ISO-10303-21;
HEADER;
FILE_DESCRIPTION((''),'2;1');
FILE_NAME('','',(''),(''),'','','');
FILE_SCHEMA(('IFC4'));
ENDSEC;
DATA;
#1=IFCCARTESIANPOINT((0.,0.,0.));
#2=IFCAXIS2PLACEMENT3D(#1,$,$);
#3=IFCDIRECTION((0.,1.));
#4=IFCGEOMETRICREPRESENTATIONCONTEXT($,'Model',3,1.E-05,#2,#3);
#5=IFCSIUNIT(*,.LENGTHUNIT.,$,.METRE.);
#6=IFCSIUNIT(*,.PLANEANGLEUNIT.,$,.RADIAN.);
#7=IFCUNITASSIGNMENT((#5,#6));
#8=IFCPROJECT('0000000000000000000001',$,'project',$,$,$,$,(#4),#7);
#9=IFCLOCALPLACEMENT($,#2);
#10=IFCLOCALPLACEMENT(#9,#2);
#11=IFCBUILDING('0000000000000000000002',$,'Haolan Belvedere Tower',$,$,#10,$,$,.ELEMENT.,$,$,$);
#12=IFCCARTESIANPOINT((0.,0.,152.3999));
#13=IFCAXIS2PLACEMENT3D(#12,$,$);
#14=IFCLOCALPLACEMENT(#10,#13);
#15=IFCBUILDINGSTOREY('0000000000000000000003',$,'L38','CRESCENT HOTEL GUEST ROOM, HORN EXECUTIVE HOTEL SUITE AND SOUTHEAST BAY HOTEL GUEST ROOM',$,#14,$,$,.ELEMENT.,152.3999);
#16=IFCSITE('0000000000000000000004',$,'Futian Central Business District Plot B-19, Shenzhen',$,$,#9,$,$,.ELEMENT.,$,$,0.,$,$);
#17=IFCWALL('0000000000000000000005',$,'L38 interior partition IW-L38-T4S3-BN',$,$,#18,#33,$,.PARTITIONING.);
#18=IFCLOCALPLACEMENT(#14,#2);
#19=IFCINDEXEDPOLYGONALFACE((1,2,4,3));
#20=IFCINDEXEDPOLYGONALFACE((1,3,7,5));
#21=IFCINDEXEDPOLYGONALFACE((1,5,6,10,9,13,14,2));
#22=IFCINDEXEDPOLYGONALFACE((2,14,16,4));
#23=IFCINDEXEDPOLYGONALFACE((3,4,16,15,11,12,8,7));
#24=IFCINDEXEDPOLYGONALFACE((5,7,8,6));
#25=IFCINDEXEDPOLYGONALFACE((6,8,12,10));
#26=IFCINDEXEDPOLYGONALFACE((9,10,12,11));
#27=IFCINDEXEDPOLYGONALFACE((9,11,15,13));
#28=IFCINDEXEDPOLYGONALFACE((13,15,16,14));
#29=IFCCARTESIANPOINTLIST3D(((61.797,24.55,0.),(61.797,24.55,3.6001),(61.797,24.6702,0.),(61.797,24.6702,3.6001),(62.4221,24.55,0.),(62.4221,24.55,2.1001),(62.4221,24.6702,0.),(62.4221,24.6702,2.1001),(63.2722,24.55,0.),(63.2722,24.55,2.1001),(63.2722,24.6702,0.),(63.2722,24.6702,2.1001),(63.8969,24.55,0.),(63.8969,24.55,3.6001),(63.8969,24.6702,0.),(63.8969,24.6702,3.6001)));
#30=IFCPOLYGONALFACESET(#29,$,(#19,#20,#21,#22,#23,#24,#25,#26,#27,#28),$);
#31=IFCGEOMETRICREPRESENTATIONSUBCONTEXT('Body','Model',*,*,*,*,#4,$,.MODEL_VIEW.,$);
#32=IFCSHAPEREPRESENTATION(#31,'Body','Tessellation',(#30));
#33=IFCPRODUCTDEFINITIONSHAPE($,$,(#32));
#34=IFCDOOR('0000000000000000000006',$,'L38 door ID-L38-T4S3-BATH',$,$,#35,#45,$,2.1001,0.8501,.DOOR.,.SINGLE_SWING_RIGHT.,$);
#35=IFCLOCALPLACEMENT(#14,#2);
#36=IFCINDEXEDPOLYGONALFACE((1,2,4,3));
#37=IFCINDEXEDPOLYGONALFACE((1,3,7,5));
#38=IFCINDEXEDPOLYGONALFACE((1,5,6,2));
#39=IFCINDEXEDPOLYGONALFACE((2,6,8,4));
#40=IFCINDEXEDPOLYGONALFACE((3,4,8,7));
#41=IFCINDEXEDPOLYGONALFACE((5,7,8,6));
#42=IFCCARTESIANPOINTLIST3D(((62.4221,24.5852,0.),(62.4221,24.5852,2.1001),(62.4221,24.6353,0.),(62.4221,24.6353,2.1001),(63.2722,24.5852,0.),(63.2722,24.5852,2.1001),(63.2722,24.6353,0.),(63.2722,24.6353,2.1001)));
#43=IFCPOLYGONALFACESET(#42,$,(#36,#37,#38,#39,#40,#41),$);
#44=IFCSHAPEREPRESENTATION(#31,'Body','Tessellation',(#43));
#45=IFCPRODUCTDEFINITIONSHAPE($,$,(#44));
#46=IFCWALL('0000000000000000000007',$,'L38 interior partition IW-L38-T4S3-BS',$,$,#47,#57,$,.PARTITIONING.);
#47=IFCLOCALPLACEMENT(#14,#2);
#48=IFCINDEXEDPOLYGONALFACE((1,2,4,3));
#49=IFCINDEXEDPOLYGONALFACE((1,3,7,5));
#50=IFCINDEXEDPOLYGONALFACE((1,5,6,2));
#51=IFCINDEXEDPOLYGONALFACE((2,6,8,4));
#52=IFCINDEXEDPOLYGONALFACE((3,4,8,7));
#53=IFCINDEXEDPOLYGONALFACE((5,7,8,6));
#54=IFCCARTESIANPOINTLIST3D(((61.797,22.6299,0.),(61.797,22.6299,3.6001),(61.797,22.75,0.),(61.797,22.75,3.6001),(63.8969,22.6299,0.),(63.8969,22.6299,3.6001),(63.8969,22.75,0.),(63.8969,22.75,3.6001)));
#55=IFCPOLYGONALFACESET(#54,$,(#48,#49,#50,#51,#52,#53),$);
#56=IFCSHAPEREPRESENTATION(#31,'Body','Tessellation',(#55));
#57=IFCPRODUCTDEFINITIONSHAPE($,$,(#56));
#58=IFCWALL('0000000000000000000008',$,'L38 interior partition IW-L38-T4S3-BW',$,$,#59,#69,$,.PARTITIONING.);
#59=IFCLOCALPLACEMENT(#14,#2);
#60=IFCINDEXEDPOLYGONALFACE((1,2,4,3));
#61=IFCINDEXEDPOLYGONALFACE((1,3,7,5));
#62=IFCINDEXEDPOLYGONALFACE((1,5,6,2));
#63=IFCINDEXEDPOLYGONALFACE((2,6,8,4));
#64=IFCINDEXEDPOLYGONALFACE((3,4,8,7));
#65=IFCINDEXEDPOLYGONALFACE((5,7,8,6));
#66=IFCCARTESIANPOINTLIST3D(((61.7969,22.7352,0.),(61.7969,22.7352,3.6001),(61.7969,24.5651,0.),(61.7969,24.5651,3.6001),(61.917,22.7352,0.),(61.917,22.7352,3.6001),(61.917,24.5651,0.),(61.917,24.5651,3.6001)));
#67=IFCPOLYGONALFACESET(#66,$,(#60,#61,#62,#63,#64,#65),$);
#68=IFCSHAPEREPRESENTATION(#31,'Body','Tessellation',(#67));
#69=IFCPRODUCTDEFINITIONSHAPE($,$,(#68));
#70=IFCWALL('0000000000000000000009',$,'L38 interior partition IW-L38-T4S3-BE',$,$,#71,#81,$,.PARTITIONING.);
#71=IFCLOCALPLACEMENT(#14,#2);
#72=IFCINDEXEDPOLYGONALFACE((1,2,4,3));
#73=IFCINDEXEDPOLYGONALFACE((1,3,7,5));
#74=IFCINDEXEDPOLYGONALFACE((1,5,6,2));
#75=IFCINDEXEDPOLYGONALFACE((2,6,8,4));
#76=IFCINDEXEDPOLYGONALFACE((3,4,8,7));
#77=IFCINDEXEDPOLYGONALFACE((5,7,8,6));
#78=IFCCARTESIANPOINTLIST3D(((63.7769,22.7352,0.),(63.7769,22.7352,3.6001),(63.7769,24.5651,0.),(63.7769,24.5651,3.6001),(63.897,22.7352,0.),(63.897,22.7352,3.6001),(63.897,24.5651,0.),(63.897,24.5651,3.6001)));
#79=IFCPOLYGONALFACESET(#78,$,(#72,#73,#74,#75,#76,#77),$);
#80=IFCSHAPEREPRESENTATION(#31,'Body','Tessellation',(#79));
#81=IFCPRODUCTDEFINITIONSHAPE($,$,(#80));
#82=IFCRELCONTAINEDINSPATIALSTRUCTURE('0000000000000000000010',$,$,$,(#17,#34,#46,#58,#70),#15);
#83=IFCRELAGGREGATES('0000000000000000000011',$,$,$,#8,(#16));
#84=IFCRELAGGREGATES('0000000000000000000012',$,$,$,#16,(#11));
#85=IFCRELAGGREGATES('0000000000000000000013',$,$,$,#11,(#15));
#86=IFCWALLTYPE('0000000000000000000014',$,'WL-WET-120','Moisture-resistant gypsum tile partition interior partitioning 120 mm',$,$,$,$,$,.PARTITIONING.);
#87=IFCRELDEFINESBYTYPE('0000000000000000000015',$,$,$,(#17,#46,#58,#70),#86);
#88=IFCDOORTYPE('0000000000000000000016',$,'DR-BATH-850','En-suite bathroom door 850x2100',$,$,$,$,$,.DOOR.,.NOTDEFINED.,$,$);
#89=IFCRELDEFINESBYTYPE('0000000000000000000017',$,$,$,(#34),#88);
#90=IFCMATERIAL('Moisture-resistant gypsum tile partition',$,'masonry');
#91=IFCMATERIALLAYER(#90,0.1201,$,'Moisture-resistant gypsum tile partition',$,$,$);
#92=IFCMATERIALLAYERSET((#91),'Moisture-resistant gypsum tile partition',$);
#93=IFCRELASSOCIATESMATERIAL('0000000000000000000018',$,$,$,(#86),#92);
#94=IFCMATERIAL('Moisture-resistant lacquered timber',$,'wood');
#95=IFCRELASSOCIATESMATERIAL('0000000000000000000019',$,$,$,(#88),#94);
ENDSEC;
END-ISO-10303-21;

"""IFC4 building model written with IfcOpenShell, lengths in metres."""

from ifc_helpers import new_model, si_unit, direction, frame, frame_2d, origin, place, context, subcontext, project, spatial, rectangle, extrude, material, layer, layer_set, type_object, element, fill, save


model = new_model("IFC4")

# Units and contexts
model_context = context("Model", 3, precision=1e-05, world=origin(), true_north=direction((0.0, 1.0)))
body_context = subcontext(model_context, "Body", "Model", "MODEL_VIEW")
ifc_project = project(units=[si_unit("LENGTHUNIT", "METRE"), si_unit("PLANEANGLEUNIT", "RADIAN")], contexts=[model_context])

# Site, building, storey
site_placement = place(None, origin())
site = spatial("IfcSite", under=ifc_project, at=site_placement, Name="Futian Central Business District Plot B-19, Shenzhen", CompositionType="ELEMENT", RefElevation=0.0)
building_placement = place(site_placement, origin())
building = spatial("IfcBuilding", under=site, at=building_placement, Name="Haolan Belvedere Tower", CompositionType="ELEMENT")
storey_placement = place(building_placement, frame((0.0, 0.0, 152.3999)))
storey = spatial("IfcBuildingStorey", under=building, at=storey_placement, Name="L38", Description="CRESCENT HOTEL GUEST ROOM, HORN EXECUTIVE HOTEL SUITE AND SOUTHEAST BAY HOTEL GUEST ROOM", CompositionType="ELEMENT", Elevation=152.3999)

# Shared definitions
ifc_material_1 = material(Name="Moisture-resistant gypsum tile partition", Category="masonry")
ifc_layer_1 = layer(ifc_material_1, 0.1201, Name="Moisture-resistant gypsum tile partition")
ifc_layer_set_1 = layer_set([ifc_layer_1], Name="Moisture-resistant gypsum tile partition")
wall_type_1 = type_object("IfcWallType", Name="WL-WET-120", Description="Moisture-resistant gypsum tile partition interior partitioning 120 mm", PredefinedType="PARTITIONING", material=ifc_layer_set_1)

# Shared definitions
ifc_material_2 = material(Name="Moisture-resistant lacquered timber", Category="wood")
door_type = type_object("IfcDoorType", Name="DR-BATH-850", Description="En-suite bathroom door 850x2100", OperationType="NOTDEFINED", PredefinedType="DOOR", material=ifc_material_2)

# Wall, opening, door
wall_1_placement = place(storey_placement, frame((61.7971, 24.6101, 0.0), z_axis=(0.0, 0.0, 1.0), x_axis=(1.0, 0.0, 0.0)))
wall_1 = element("IfcWall", 1, at=wall_1_placement, inside=storey, type_object=wall_type_1, Name="L38 interior partition IW-L38-T4S3-BN", PredefinedType="PARTITIONING", context=body_context, shape_type="SweptSolid", body=[
    extrude(rectangle(XDim=2.0999, YDim=0.1201, at=frame_2d((1.0498, 0.0))), origin(), (0.0, 0.0, 1.0), 3.6001),
])
opening_1_placement = place(wall_1_placement, frame((1.4751, 0.0, 0.0), z_axis=(0.0, 0.0, 1.0), x_axis=(-1.0, 0.0, 0.0)))
opening_1 = element("IfcOpeningElement", 2, at=opening_1_placement, cuts=wall_1, PredefinedType="OPENING", context=body_context, shape_type="SweptSolid", body=[
    extrude(rectangle(XDim=0.8501, YDim=2.1001, at=frame_2d((0.425, 1.05))), frame((0.0, 0.0701, 0.0), z_axis=(0.0, -1.0, 0.0), x_axis=(1.0, 0.0, 0.0)), (0.0, 0.0, 1.0), 0.1401),
])
door_1_placement = place(opening_1_placement, origin())
door_1 = element("IfcDoor", 3, at=door_1_placement, inside=storey, type_object=door_type, Name="L38 door ID-L38-T4S3-BATH", OperationType="SINGLE_SWING_RIGHT", OverallHeight=2.1001, OverallWidth=0.8501, PredefinedType="DOOR", context=body_context, shape_type="SweptSolid", body=[
    extrude(rectangle(XDim=0.8501, YDim=2.1001, at=frame_2d((0.425, 1.05))), frame((0.0, 0.0249, 0.0), z_axis=(0.0, -1.0, 0.0), x_axis=(1.0, 0.0, 0.0)), (0.0, 0.0, 1.0), 0.05),
])
fill(opening_1, door_1)

# Walls
wall_2_placement = place(storey_placement, frame((61.7971, 22.6899, 0.0), z_axis=(0.0, 0.0, 1.0), x_axis=(1.0, 0.0, 0.0)))
element("IfcWall", 4, at=wall_2_placement, inside=storey, type_object=wall_type_1, Name="L38 interior partition IW-L38-T4S3-BS", PredefinedType="PARTITIONING", context=body_context, shape_type="SweptSolid", body=[
    extrude(rectangle(XDim=2.0999, YDim=0.1201, at=frame_2d((1.0498, 0.0))), origin(), (0.0, 0.0, 1.0), 3.6001),
])
for number, where, z_axis, x_axis, name in (
    (5, (61.8569, 22.7351, 0.0), (0.0, 0.0, 1.0), (0.0, 1.0, 0.0), "L38 interior partition IW-L38-T4S3-BW"),
    (6, (63.8369, 22.7351, 0.0), (0.0, 0.0, 1.0), (0.0, 1.0, 0.0), "L38 interior partition IW-L38-T4S3-BE"),
):
    element("IfcWall", number, at=place(storey_placement, frame(where, z_axis=z_axis, x_axis=x_axis)), inside=storey, type_object=wall_type_1, Name=name, PredefinedType="PARTITIONING", context=body_context, shape_type="SweptSolid", body=[
        extrude(rectangle(XDim=1.8298, YDim=0.1201, at=frame_2d((0.915, 0.0))), origin(), (0.0, 0.0, 1.0), 3.6001),
    ])

save(model, "model.ifc")
